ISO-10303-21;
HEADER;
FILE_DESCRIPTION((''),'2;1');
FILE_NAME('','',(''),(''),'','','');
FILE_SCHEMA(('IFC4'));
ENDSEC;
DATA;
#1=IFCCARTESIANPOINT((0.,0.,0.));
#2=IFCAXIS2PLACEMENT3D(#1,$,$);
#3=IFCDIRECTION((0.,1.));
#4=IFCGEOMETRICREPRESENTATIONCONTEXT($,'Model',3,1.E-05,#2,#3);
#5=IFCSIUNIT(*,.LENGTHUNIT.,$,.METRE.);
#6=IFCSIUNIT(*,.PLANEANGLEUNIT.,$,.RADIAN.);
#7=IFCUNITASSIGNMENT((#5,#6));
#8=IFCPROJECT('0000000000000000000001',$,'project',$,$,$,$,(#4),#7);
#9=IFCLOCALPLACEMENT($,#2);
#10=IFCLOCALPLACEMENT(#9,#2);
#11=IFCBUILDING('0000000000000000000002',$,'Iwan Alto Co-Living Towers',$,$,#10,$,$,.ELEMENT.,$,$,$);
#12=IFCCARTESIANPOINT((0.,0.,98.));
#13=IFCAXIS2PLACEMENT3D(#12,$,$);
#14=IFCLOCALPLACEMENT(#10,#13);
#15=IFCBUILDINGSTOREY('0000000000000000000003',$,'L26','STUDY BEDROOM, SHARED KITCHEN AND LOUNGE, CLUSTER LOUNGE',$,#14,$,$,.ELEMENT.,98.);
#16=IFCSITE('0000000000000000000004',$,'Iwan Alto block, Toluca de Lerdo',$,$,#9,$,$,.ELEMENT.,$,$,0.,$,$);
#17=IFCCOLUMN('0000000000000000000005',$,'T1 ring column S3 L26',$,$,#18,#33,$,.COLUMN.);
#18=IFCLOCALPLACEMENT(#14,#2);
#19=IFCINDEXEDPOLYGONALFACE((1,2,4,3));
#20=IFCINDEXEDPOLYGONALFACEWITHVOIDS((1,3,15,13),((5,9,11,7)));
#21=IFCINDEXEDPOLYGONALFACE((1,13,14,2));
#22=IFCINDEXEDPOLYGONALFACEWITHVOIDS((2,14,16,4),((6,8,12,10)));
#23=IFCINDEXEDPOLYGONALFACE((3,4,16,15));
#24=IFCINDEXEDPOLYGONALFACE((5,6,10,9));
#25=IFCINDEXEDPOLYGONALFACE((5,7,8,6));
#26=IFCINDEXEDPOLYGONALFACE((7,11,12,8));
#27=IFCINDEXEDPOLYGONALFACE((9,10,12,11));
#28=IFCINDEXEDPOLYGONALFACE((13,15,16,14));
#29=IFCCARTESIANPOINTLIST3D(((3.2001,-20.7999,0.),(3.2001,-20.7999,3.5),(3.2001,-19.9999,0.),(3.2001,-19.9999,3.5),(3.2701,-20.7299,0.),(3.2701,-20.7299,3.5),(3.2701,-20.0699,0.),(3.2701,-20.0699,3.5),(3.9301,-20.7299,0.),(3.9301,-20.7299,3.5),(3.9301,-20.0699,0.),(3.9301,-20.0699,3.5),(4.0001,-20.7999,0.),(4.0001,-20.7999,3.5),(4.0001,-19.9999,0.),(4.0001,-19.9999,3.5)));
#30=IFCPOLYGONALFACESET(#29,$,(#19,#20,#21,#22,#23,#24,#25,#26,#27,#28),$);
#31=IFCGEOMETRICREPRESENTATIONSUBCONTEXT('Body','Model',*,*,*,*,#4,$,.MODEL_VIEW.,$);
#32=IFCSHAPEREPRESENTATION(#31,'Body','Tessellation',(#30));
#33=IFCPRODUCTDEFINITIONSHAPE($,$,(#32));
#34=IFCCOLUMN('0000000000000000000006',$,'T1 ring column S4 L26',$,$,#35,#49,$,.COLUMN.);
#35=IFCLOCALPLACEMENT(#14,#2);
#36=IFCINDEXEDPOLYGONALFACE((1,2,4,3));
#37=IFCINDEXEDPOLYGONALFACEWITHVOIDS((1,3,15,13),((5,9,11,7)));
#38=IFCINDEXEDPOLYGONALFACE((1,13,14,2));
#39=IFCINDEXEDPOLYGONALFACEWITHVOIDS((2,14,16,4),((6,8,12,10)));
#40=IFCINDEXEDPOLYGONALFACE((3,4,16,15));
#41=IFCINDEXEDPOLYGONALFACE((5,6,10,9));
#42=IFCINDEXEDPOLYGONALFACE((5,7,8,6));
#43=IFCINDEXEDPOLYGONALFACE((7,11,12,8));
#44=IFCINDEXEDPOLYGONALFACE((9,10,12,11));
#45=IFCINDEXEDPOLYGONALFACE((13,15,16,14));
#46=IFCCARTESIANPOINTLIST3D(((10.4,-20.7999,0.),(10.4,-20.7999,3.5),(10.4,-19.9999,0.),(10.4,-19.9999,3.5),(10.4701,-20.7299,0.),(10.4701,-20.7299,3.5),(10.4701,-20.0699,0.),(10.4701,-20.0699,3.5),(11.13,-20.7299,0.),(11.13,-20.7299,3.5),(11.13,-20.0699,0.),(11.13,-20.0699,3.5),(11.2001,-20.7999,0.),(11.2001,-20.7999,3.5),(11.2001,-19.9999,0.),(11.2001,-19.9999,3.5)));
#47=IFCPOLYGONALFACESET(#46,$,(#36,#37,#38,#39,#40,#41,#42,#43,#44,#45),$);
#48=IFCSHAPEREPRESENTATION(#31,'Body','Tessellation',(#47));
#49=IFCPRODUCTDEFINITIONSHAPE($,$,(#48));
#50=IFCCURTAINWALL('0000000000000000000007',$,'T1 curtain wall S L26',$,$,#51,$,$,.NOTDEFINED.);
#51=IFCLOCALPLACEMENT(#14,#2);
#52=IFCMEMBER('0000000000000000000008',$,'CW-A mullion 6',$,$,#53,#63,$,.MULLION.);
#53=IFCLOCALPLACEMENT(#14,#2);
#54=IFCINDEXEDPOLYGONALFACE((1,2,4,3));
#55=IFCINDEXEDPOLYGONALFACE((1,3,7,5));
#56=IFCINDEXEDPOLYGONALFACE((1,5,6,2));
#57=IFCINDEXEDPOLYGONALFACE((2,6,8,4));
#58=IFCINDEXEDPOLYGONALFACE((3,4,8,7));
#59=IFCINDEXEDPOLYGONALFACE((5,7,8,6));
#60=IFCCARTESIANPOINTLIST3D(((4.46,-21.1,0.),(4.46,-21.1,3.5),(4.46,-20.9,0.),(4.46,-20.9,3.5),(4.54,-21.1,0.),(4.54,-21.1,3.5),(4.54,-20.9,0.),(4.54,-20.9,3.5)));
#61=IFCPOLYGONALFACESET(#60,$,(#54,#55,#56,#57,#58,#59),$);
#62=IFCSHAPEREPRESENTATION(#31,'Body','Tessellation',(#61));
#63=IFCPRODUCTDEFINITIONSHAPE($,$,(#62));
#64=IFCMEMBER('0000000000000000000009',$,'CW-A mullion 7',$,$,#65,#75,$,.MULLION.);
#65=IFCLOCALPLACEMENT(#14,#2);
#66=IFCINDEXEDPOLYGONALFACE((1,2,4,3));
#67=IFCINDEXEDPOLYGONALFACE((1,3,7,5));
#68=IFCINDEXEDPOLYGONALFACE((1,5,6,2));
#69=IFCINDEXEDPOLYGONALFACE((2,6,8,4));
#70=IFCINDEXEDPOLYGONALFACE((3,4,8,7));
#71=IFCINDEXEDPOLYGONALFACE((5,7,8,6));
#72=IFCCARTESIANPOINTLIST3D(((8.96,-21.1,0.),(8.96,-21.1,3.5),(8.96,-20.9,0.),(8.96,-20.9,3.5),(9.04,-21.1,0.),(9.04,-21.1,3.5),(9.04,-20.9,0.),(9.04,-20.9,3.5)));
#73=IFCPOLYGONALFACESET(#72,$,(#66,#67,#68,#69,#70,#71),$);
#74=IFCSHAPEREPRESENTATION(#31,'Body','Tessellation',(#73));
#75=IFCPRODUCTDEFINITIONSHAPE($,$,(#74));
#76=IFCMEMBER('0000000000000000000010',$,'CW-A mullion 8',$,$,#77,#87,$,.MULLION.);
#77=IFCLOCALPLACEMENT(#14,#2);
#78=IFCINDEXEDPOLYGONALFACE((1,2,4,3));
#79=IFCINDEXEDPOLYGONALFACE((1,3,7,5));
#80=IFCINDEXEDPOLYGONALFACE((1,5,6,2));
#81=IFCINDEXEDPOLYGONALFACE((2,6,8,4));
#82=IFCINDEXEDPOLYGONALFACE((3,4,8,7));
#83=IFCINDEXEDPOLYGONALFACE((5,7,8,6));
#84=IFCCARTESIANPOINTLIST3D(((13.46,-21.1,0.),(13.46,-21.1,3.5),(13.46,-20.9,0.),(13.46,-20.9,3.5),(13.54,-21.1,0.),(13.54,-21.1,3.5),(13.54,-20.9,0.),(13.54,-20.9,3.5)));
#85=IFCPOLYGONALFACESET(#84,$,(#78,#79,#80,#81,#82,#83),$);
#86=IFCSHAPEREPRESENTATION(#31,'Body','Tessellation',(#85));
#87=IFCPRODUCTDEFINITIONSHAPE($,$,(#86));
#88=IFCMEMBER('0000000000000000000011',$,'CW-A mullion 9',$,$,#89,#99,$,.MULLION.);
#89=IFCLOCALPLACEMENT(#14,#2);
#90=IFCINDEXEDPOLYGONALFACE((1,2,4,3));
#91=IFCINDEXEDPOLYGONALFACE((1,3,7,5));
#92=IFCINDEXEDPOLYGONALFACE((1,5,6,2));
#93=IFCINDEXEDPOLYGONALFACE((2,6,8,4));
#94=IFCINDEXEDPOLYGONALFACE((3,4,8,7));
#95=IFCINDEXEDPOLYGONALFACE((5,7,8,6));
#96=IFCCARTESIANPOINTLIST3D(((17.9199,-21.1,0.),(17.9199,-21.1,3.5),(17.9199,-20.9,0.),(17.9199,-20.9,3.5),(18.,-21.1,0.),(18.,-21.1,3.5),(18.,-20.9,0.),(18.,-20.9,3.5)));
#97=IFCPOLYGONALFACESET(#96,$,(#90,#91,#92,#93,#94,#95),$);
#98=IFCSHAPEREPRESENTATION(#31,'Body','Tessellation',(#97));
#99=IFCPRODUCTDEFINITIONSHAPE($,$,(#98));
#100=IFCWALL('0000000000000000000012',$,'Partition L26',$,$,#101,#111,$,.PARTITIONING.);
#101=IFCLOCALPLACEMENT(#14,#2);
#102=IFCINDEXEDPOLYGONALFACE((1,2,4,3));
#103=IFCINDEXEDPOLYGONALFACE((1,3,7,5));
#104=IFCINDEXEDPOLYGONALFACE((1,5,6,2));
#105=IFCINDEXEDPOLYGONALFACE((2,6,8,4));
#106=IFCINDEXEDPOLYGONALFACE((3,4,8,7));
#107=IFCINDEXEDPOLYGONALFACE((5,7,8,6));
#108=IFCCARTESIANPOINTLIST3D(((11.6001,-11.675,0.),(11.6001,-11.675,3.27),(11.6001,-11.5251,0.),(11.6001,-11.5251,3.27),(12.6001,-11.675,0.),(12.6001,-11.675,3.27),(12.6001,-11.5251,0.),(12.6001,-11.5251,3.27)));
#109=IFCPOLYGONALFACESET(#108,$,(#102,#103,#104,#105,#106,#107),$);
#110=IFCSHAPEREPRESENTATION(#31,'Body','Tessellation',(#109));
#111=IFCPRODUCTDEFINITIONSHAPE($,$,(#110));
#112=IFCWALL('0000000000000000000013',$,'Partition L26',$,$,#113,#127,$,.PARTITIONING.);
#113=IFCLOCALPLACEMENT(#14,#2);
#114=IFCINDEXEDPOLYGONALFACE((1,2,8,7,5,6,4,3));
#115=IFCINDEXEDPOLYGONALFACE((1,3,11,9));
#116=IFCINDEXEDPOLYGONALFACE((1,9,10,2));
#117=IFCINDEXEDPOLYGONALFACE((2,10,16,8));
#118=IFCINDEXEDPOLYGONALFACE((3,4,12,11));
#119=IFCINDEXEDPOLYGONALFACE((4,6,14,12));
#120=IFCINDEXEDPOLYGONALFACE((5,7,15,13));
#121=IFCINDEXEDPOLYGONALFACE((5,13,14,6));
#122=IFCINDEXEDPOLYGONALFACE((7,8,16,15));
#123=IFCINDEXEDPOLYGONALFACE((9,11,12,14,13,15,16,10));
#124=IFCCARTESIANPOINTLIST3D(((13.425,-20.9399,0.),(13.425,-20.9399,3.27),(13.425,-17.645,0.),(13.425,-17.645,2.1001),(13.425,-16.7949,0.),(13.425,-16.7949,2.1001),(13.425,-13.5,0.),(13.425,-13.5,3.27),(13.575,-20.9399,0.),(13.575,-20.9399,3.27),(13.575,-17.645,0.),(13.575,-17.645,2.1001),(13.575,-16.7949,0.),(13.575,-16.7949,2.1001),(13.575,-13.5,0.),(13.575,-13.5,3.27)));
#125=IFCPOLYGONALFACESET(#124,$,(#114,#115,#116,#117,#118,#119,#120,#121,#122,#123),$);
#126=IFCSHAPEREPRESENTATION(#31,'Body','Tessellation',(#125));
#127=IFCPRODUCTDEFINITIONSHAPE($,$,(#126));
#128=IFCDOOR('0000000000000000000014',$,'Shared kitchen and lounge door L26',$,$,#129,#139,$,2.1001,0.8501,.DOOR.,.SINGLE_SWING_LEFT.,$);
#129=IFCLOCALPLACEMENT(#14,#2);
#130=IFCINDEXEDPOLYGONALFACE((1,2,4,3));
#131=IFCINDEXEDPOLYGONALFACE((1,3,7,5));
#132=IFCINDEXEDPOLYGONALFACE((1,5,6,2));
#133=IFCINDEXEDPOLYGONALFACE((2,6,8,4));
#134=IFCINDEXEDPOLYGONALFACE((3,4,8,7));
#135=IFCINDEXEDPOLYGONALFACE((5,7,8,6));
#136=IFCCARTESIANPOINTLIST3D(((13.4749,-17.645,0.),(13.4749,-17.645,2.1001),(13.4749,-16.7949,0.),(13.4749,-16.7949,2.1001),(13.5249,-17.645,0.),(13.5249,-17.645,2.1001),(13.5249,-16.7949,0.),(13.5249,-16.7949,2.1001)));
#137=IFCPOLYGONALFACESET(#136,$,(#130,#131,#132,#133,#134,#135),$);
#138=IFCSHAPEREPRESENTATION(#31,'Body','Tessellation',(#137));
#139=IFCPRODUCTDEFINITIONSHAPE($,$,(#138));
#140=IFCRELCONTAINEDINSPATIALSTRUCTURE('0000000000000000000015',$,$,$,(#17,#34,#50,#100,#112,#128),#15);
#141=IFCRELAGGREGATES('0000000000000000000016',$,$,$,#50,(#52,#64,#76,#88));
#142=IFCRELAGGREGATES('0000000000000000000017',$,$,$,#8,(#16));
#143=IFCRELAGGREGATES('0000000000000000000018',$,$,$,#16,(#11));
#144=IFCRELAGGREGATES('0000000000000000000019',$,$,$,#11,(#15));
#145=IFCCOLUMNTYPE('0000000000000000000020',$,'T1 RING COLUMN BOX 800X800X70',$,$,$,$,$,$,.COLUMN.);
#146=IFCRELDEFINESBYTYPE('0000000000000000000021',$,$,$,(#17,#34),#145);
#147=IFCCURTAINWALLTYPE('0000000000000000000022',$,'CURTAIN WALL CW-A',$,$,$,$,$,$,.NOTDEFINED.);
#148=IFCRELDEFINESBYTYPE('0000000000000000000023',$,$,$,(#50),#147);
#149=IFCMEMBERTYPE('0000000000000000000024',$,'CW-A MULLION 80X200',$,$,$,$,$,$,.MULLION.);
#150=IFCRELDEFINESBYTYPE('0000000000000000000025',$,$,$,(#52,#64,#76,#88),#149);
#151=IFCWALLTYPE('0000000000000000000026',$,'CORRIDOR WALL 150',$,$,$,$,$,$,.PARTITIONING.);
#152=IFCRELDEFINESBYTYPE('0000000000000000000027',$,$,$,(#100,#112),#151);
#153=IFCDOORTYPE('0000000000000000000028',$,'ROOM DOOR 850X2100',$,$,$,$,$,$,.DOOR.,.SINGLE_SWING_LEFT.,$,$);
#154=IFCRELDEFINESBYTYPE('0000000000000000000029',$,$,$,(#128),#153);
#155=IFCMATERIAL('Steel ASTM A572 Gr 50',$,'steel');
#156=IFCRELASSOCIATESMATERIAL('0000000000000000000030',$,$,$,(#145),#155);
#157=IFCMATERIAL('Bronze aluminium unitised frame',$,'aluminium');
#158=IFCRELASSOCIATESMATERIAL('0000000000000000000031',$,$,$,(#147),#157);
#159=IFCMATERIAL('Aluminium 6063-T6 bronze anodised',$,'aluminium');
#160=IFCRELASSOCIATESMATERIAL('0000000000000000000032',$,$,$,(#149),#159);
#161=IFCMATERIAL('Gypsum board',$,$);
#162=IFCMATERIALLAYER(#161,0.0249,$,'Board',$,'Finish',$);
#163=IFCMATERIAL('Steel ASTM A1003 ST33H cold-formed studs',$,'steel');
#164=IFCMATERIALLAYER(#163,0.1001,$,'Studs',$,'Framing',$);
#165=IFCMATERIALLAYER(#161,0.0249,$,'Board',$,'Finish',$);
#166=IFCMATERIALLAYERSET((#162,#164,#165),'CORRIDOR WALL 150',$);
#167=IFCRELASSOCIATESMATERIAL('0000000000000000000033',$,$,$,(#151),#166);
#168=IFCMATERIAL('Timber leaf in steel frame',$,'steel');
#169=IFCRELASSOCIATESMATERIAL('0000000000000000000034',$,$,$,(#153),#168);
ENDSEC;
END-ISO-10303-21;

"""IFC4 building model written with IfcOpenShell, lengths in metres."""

from ifc_helpers import new_model, si_unit, direction, frame, frame_2d, origin, origin_2d, place, context, subcontext, project, spatial, rectangle, hollow_rectangle, extrude, material, layer, layer_set, material_profile, profile_set, type_object, element, fill, aggregate, save


model = new_model("IFC4")

# Units and contexts
model_context = context("Model", 3, precision=1e-05, world=origin(), true_north=direction((0.0, 1.0)))
body_context = subcontext(model_context, "Body", "Model", "MODEL_VIEW")
ifc_project = project(units=[si_unit("LENGTHUNIT", "METRE"), si_unit("PLANEANGLEUNIT", "RADIAN")], contexts=[model_context])

# Site, building, storey
site_placement = place(None, origin())
site = spatial("IfcSite", under=ifc_project, at=site_placement, Name="Iwan Alto block, Toluca de Lerdo", CompositionType="ELEMENT", RefElevation=0.0)
building_placement = place(site_placement, origin())
building = spatial("IfcBuilding", under=site, at=building_placement, Name="Iwan Alto Co-Living Towers", CompositionType="ELEMENT")
storey_placement = place(building_placement, frame((0.0, 0.0, 98.0)))
storey = spatial("IfcBuildingStorey", under=building, at=storey_placement, Name="L26", Description="STUDY BEDROOM, SHARED KITCHEN AND LOUNGE, CLUSTER LOUNGE", CompositionType="ELEMENT", Elevation=98.0)

# Columns
ifc_material_1 = material(Name="Steel ASTM A572 Gr 50", Category="steel")
ifc_material_profile_1 = material_profile(ifc_material_1, hollow_rectangle(XDim=0.8, YDim=0.8, WallThickness=0.0701, at=origin_2d()), Name="BOX 800X800X70")
ifc_profile_set_1 = profile_set([ifc_material_profile_1], Name="Steel ASTM A572 Gr 50")
column_type = type_object("IfcColumnType", Name="T1 RING COLUMN BOX 800X800X70", PredefinedType="COLUMN", material=ifc_profile_set_1)
for number, where, z_axis, x_axis, name in (
    (1, (3.6001, -20.3999, 0.0), (0.0, 0.0, 1.0), (1.0, 0.0, 0.0), "T1 ring column S3 L26"),
    (2, (10.8, -20.3999, 0.0), (0.0, 0.0, 1.0), (1.0, 0.0, 0.0), "T1 ring column S4 L26"),
):
    element("IfcColumn", number, at=place(storey_placement, frame(where, z_axis=z_axis, x_axis=x_axis)), inside=storey, type_object=column_type, Name=name, PredefinedType="COLUMN", context=body_context, shape_type="SweptSolid", body=[
        extrude(hollow_rectangle(XDim=0.8, YDim=0.8, WallThickness=0.0701, at=origin_2d()), origin(), (0.0, 0.0, 1.0), 3.5),
    ])

# Curtain wall, members
ifc_material_2 = material(Name="Bronze aluminium unitised frame", Category="aluminium")
curtain_wall_type = type_object("IfcCurtainWallType", Name="CURTAIN WALL CW-A", PredefinedType="NOTDEFINED", material=ifc_material_2)
curtain_wall_placement = place(storey_placement, origin())
curtain_wall = element("IfcCurtainWall", 3, at=curtain_wall_placement, inside=storey, type_object=curtain_wall_type, Name="T1 curtain wall S L26", PredefinedType="NOTDEFINED")
ifc_material_3 = material(Name="Aluminium 6063-T6 bronze anodised", Category="aluminium")
ifc_material_profile_2 = material_profile(ifc_material_3, rectangle(XDim=0.2, YDim=0.0801, at=origin_2d()), Name="AL 80X200")
ifc_profile_set_2 = profile_set([ifc_material_profile_2], Name="Aluminium 6063-T6 bronze anodised")
member_type = type_object("IfcMemberType", Name="CW-A MULLION 80X200", PredefinedType="MULLION", material=ifc_profile_set_2)
member_1_placement = place(storey_placement, frame((4.5, -21.0, 0.0), z_axis=(0.0, 0.0, 1.0), x_axis=(0.0, 1.0, 0.0)))
member_1 = element("IfcMember", 4, at=member_1_placement, type_object=member_type, Name="CW-A mullion 6", PredefinedType="MULLION", context=body_context, shape_type="SweptSolid", body=[
    extrude(rectangle(XDim=0.2, YDim=0.0801, at=origin_2d()), origin(), (0.0, 0.0, 1.0), 3.5),
])
member_2_placement = place(storey_placement, frame((9.0, -21.0, 0.0), z_axis=(0.0, 0.0, 1.0), x_axis=(0.0, 1.0, 0.0)))
member_2 = element("IfcMember", 5, at=member_2_placement, type_object=member_type, Name="CW-A mullion 7", PredefinedType="MULLION", context=body_context, shape_type="SweptSolid", body=[
    extrude(rectangle(XDim=0.2, YDim=0.0801, at=origin_2d()), origin(), (0.0, 0.0, 1.0), 3.5),
])
member_3_placement = place(storey_placement, frame((13.5, -21.0, 0.0), z_axis=(0.0, 0.0, 1.0), x_axis=(0.0, 1.0, 0.0)))
member_3 = element("IfcMember", 6, at=member_3_placement, type_object=member_type, Name="CW-A mullion 8", PredefinedType="MULLION", context=body_context, shape_type="SweptSolid", body=[
    extrude(rectangle(XDim=0.2, YDim=0.0801, at=origin_2d()), origin(), (0.0, 0.0, 1.0), 3.5),
])
member_4_placement = place(storey_placement, frame((17.96, -21.0, 0.0), z_axis=(0.0, 0.0, 1.0), x_axis=(0.0, 1.0, 0.0)))
member_4 = element("IfcMember", 7, at=member_4_placement, type_object=member_type, Name="CW-A mullion 9", PredefinedType="MULLION", context=body_context, shape_type="SweptSolid", body=[
    extrude(rectangle(XDim=0.2, YDim=0.0801, at=origin_2d()), origin(), (0.0, 0.0, 1.0), 3.5),
])
aggregate(curtain_wall, [member_1, member_2, member_3, member_4])

# Wall
ifc_material_4 = material(Name="Gypsum board")
ifc_layer_1 = layer(ifc_material_4, 0.0249, Name="Board", Category="Finish")
ifc_material_5 = material(Name="Steel ASTM A1003 ST33H cold-formed studs", Category="steel")
ifc_layer_2 = layer(ifc_material_5, 0.1001, Name="Studs", Category="Framing")
ifc_layer_3 = layer(ifc_material_4, 0.0249, Name="Board", Category="Finish")
ifc_layer_set_1 = layer_set([ifc_layer_1, ifc_layer_2, ifc_layer_3], Name="CORRIDOR WALL 150")
wall_type_1 = type_object("IfcWallType", Name="CORRIDOR WALL 150", PredefinedType="PARTITIONING", material=ifc_layer_set_1)
wall_1_placement = place(storey_placement, frame((11.6001, -11.6001, 0.0), z_axis=(0.0, 0.0, 1.0), x_axis=(1.0, 0.0, 0.0)))
element("IfcWall", 8, at=wall_1_placement, inside=storey, type_object=wall_type_1, Name="Partition L26", PredefinedType="PARTITIONING", context=body_context, shape_type="SweptSolid", body=[
    extrude(rectangle(XDim=1.0, YDim=0.1499, at=frame_2d((0.5, 0.0))), origin(), (0.0, 0.0, 1.0), 3.27),
])

# Wall, opening, door
wall_2_placement = place(storey_placement, frame((13.5, -20.9399, 0.0), z_axis=(0.0, 0.0, 1.0), x_axis=(0.0, 1.0, 0.0)))
wall_2 = element("IfcWall", 9, at=wall_2_placement, inside=storey, type_object=wall_type_1, Name="Partition L26", PredefinedType="PARTITIONING", context=body_context, shape_type="SweptSolid", body=[
    extrude(rectangle(XDim=7.4399, YDim=0.1499, at=frame_2d((3.72, 0.0))), origin(), (0.0, 0.0, 1.0), 3.27),
])
opening_1_placement = place(wall_2_placement, frame((3.2949, 0.0, 0.0)))
opening_1 = element("IfcOpeningElement", 10, at=opening_1_placement, cuts=wall_2, PredefinedType="OPENING", context=body_context, shape_type="SweptSolid", body=[
    extrude(rectangle(XDim=0.8501, YDim=2.1001, at=frame_2d((0.425, 1.05))), frame((0.0, 0.085, 0.0), z_axis=(0.0, -1.0, 0.0), x_axis=(1.0, 0.0, 0.0)), (0.0, 0.0, 1.0), 0.1699),
])
ifc_material_6 = material(Name="Timber leaf in steel frame", Category="steel")
door_type_1 = type_object("IfcDoorType", Name="ROOM DOOR 850X2100", OperationType="SINGLE_SWING_LEFT", PredefinedType="DOOR", material=ifc_material_6)
door_1_placement = place(opening_1_placement, frame((0.8501, 0.0, 0.0), z_axis=(0.0, 0.0, 1.0), x_axis=(-1.0, 0.0, 0.0)))
door_1 = element("IfcDoor", 11, at=door_1_placement, inside=storey, type_object=door_type_1, Name="Shared kitchen and lounge door L26", OperationType="SINGLE_SWING_LEFT", OverallHeight=2.1001, OverallWidth=0.8501, PredefinedType="DOOR", context=body_context, shape_type="SweptSolid", body=[
    extrude(rectangle(XDim=0.8501, YDim=2.1001, at=frame_2d((0.425, 1.05))), frame((0.0, 0.0249, 0.0), z_axis=(0.0, -1.0, 0.0), x_axis=(1.0, 0.0, 0.0)), (0.0, 0.0, 1.0), 0.05),
])
fill(opening_1, door_1)

save(model, "model.ifc")
